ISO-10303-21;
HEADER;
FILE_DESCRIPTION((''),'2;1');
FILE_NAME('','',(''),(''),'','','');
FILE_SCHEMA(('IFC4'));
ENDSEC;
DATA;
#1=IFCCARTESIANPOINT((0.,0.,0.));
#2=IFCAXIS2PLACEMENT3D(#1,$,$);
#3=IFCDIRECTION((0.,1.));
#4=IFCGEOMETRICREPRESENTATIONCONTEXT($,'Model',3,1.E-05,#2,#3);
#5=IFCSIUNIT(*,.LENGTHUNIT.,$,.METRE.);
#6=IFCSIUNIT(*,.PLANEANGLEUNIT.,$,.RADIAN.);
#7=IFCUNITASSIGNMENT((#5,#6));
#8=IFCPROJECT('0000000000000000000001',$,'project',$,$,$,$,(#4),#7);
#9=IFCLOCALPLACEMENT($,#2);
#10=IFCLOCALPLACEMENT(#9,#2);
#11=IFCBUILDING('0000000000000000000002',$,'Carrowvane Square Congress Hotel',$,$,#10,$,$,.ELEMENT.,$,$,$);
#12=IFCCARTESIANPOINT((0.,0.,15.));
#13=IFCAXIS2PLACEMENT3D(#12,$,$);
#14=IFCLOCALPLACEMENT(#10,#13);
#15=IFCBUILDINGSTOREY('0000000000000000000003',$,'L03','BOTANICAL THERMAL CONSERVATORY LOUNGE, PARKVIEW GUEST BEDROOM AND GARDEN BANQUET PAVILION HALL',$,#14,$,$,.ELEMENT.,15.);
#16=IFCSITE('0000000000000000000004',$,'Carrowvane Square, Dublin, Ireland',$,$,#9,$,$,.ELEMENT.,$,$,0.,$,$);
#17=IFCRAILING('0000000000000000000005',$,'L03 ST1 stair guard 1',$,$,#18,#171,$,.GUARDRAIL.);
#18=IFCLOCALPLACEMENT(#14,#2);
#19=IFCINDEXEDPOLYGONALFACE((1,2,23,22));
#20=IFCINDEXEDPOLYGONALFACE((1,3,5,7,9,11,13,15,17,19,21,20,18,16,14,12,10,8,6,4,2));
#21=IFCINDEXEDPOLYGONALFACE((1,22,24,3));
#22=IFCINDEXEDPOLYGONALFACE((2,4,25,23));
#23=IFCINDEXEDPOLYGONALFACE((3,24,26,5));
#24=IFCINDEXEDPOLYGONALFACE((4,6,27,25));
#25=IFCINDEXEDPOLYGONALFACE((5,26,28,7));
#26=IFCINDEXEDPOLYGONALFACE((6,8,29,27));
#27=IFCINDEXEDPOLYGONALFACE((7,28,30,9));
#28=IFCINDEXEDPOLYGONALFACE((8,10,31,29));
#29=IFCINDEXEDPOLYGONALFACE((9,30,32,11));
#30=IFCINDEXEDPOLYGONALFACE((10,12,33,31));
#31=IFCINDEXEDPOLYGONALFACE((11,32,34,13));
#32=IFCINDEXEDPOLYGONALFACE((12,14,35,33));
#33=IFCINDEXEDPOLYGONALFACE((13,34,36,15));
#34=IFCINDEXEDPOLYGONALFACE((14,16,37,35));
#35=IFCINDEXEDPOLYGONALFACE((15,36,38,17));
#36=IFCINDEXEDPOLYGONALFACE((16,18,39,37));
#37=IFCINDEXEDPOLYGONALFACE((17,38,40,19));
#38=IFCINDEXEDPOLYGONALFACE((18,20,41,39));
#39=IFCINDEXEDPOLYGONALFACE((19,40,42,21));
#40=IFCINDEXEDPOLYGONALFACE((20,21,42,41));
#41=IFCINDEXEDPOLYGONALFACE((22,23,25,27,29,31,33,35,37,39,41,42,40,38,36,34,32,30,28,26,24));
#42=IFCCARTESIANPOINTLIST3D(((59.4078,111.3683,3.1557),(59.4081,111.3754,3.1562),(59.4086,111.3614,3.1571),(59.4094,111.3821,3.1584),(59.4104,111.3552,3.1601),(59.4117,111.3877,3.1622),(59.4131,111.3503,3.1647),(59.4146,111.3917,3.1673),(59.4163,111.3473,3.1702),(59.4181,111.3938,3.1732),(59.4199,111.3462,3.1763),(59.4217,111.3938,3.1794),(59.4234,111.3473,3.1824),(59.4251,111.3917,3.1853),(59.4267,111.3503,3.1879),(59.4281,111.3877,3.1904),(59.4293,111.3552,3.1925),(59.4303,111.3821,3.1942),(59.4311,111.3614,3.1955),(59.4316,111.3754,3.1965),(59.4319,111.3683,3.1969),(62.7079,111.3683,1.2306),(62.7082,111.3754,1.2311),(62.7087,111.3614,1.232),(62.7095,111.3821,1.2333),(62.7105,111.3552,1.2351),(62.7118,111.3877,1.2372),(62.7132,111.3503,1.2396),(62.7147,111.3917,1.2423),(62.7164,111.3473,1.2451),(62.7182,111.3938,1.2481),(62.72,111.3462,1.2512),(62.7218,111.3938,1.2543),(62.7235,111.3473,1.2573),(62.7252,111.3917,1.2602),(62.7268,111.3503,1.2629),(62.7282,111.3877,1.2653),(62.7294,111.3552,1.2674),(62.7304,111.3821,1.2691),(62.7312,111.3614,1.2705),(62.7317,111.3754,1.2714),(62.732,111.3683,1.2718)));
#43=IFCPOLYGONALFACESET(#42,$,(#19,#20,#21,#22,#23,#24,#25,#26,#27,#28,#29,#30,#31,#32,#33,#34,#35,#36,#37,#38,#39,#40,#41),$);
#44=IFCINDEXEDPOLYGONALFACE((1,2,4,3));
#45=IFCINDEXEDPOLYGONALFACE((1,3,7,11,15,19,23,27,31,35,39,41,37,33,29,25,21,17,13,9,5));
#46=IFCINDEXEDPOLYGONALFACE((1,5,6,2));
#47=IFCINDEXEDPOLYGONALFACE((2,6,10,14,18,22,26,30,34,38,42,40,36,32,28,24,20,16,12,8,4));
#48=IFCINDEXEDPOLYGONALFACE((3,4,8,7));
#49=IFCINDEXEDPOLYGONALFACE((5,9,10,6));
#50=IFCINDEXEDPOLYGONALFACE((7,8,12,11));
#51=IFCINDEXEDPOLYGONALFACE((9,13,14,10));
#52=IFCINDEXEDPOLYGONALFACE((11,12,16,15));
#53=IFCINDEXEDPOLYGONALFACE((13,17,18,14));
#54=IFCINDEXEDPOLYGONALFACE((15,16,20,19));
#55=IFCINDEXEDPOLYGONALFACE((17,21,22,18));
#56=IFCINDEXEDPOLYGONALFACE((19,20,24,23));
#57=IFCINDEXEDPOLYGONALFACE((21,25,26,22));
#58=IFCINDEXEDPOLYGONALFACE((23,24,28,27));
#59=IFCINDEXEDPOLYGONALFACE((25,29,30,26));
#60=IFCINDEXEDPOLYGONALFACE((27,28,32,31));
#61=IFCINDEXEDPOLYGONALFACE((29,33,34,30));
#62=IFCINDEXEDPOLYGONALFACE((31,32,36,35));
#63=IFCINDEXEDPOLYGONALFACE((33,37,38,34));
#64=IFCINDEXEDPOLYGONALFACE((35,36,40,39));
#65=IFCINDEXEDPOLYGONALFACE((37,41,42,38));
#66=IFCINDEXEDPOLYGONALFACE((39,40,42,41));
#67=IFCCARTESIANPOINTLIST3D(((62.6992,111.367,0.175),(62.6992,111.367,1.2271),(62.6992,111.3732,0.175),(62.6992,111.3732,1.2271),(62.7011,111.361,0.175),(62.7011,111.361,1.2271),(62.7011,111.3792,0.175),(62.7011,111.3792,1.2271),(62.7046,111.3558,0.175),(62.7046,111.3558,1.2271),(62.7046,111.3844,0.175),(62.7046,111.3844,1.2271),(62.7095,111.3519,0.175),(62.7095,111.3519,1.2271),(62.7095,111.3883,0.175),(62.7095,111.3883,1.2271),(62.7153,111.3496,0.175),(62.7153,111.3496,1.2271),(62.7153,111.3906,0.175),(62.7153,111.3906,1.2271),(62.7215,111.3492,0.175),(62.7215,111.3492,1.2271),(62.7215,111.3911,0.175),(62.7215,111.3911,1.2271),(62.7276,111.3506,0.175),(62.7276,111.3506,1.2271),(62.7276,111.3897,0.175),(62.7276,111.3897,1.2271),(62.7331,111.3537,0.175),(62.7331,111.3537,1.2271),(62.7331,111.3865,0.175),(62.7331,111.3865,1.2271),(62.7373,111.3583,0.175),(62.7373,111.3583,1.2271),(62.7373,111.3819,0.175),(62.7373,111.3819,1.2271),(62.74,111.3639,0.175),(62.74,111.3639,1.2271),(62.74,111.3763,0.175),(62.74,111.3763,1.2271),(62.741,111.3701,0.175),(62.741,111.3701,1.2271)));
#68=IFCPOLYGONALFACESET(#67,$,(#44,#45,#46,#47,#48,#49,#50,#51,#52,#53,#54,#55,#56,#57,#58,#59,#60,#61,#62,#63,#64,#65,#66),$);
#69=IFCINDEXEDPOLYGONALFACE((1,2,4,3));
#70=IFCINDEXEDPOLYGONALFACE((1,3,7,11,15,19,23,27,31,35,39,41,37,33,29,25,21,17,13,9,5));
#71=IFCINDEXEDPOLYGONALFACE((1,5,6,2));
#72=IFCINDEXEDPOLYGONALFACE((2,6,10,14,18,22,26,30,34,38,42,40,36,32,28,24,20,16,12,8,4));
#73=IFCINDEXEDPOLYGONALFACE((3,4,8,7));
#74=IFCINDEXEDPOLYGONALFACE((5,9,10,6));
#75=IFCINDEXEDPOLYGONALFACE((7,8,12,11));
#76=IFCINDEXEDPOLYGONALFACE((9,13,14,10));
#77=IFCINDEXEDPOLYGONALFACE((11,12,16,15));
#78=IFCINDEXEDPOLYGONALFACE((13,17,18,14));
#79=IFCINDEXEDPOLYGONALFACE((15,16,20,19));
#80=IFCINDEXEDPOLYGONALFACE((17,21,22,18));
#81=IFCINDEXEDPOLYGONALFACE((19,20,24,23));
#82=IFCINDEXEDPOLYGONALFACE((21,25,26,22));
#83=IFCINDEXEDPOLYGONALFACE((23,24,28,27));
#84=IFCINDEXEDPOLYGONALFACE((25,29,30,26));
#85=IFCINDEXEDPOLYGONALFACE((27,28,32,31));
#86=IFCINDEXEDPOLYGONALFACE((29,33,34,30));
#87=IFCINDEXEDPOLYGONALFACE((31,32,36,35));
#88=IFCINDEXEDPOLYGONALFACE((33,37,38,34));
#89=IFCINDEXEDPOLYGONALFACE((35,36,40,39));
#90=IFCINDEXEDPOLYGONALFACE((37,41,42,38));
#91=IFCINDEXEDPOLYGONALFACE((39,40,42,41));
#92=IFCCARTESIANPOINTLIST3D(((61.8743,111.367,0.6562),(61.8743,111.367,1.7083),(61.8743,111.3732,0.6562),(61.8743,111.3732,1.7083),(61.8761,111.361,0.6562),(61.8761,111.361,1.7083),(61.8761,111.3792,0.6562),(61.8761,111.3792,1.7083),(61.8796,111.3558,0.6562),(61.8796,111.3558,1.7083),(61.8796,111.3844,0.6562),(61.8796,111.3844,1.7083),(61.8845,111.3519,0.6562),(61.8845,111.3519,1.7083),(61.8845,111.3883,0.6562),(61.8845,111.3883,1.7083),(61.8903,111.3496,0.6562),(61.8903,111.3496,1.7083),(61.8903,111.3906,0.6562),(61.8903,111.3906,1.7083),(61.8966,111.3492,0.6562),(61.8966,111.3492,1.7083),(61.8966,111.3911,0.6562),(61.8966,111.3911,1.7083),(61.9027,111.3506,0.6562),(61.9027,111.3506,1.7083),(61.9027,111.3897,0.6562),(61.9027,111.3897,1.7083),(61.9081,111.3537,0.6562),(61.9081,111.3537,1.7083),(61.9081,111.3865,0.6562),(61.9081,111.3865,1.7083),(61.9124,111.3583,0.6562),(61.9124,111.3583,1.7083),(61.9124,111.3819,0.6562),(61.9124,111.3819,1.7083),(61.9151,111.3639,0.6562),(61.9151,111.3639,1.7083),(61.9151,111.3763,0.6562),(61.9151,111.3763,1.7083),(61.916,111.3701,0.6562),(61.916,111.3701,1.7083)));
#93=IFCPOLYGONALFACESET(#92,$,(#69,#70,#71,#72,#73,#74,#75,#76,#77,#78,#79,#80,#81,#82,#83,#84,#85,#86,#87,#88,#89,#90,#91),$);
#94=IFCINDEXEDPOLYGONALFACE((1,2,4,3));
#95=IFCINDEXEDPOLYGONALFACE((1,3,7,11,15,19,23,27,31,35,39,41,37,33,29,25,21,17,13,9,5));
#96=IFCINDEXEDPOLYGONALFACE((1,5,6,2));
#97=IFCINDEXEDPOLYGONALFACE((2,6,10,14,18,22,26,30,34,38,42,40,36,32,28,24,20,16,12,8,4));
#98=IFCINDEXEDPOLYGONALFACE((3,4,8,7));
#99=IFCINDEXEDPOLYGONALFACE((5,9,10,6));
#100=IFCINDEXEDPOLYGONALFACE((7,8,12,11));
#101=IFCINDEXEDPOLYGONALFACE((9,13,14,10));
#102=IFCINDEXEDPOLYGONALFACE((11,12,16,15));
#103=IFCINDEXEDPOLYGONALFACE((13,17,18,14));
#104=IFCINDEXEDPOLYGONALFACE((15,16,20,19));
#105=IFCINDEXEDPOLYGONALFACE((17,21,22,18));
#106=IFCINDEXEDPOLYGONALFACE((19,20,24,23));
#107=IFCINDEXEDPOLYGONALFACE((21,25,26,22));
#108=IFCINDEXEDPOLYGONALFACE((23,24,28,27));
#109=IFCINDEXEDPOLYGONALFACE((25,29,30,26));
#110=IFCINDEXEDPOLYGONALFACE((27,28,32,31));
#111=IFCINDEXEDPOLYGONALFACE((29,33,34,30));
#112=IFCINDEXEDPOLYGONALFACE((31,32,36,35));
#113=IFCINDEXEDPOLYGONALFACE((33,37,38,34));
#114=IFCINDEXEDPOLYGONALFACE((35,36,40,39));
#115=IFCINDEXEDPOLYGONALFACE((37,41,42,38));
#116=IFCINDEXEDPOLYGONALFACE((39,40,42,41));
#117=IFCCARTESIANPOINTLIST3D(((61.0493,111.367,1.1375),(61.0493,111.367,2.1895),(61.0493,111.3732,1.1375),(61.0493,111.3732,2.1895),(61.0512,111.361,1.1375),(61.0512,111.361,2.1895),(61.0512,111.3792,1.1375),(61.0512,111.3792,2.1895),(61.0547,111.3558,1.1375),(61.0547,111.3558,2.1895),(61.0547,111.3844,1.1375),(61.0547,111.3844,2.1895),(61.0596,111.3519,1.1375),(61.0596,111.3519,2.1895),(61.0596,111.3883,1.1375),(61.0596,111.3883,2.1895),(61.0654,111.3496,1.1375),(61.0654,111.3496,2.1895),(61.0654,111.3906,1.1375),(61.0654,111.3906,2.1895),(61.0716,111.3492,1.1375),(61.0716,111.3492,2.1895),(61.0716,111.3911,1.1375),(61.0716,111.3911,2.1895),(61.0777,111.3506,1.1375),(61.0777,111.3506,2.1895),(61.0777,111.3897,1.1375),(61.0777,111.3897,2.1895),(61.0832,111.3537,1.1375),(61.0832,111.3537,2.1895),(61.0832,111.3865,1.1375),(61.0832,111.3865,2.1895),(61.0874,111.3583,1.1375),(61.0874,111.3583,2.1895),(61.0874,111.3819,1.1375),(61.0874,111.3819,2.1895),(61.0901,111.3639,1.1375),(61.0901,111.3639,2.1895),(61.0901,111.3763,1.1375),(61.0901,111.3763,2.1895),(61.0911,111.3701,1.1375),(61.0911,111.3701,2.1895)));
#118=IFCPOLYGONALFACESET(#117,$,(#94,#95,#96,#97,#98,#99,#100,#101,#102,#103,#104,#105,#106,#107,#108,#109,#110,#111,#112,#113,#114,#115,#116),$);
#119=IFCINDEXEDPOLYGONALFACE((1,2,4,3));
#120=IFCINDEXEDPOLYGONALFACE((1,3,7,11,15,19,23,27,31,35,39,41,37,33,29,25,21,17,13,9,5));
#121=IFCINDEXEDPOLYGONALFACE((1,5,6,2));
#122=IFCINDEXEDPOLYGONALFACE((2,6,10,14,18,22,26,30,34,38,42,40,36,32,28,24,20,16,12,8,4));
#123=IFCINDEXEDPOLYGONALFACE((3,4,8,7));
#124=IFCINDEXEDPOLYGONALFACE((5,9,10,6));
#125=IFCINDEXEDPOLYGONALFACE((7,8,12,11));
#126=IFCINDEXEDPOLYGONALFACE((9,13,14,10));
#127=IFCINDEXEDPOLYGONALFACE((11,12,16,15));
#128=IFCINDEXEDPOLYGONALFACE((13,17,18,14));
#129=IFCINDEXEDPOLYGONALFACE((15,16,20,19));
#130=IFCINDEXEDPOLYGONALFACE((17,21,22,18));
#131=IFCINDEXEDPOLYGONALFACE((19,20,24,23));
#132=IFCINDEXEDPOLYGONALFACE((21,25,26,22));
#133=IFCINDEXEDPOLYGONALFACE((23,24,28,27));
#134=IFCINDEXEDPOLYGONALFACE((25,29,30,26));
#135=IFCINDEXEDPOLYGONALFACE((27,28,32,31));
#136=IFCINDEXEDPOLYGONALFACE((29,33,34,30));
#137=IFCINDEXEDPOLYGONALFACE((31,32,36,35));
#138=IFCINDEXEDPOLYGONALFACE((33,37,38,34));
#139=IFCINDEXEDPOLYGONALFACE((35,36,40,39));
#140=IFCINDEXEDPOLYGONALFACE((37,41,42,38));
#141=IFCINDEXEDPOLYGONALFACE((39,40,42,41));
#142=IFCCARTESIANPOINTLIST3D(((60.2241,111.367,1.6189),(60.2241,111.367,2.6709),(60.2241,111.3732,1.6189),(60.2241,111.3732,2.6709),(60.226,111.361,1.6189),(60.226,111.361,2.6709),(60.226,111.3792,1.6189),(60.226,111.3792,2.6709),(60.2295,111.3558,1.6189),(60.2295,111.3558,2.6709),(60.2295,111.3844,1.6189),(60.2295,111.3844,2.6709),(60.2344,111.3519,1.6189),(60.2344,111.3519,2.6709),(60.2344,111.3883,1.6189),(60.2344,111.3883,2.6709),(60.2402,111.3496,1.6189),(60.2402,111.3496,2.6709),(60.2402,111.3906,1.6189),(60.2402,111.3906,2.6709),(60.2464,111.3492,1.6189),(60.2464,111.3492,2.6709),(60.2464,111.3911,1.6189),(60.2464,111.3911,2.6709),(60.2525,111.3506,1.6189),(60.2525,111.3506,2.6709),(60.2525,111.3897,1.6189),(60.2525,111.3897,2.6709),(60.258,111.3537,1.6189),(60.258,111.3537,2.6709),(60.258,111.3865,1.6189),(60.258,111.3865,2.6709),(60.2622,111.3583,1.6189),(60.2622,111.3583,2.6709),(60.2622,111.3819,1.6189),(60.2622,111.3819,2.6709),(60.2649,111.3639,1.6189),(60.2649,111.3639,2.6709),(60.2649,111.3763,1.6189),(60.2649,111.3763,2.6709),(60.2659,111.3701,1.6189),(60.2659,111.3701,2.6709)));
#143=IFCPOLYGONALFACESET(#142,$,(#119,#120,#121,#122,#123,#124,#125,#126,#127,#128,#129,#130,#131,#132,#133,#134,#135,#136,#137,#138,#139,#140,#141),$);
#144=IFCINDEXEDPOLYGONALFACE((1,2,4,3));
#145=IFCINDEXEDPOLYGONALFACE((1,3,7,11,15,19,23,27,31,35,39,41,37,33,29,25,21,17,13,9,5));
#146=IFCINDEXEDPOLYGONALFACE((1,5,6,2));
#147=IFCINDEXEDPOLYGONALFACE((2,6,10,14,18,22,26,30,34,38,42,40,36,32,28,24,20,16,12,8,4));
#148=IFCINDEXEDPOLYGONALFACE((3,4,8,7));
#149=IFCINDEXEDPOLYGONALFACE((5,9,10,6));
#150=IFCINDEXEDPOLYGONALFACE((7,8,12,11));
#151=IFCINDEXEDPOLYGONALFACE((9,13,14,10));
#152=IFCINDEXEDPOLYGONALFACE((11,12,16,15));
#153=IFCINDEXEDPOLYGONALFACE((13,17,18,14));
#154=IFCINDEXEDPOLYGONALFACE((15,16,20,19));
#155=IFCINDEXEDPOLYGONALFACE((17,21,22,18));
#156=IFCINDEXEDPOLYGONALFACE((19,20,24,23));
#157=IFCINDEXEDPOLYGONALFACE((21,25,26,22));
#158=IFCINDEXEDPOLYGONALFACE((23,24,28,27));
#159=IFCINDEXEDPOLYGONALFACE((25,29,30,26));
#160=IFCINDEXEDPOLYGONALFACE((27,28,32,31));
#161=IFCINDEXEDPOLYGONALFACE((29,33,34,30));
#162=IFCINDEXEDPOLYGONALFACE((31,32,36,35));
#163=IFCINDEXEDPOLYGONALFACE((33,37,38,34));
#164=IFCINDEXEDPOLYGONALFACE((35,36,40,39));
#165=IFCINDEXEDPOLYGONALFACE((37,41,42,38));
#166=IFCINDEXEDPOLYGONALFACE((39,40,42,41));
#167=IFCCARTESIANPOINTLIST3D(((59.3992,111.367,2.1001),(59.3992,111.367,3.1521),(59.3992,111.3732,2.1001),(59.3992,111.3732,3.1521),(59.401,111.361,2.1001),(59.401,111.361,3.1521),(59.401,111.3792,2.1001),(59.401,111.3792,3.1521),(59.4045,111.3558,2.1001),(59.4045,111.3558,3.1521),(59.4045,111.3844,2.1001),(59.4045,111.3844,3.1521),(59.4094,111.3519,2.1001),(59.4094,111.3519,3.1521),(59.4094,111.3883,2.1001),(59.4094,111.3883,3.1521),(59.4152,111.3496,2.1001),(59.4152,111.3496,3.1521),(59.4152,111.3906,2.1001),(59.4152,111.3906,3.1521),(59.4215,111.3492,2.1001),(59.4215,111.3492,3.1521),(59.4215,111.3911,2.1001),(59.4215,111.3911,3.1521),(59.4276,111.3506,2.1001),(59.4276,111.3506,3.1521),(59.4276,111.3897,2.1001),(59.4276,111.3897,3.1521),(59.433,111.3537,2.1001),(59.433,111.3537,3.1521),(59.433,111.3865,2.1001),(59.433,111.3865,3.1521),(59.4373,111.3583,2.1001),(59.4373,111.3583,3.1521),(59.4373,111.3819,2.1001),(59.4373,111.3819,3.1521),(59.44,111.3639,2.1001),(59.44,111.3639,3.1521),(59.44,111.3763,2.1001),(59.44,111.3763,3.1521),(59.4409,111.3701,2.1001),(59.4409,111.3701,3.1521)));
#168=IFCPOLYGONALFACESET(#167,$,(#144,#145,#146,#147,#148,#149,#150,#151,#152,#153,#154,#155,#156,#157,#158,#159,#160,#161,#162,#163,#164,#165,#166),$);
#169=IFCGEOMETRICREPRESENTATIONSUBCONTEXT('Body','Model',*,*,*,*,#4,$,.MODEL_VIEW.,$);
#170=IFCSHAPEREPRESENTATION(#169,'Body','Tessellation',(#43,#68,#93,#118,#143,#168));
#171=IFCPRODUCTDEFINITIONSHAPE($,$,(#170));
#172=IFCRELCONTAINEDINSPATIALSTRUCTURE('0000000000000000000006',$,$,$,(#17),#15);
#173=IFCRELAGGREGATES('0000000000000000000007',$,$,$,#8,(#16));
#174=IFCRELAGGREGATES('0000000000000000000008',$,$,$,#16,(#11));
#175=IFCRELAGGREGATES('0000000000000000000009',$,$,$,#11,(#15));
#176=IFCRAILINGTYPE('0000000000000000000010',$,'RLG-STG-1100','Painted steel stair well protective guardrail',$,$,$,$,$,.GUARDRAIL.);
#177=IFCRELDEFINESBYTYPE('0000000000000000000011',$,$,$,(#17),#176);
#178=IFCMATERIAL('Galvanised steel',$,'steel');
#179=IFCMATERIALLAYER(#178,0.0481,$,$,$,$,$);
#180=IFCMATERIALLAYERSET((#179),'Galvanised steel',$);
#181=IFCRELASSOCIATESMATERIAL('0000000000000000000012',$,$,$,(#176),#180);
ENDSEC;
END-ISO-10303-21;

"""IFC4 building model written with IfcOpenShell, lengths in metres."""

from ifc_helpers import new_model, si_unit, direction, frame, origin, origin_2d, place, context, subcontext, project, spatial, circle, extrude, material, layer, layer_set, type_object, element, save


model = new_model("IFC4")

# Units and contexts
model_context = context("Model", 3, precision=1e-05, world=origin(), true_north=direction((0.0, 1.0)))
body_context = subcontext(model_context, "Body", "Model", "MODEL_VIEW")
ifc_project = project(units=[si_unit("LENGTHUNIT", "METRE"), si_unit("PLANEANGLEUNIT", "RADIAN")], contexts=[model_context])

# Site, building, storey
site_placement = place(None, origin())
site = spatial("IfcSite", under=ifc_project, at=site_placement, Name="Carrowvane Square, Dublin, Ireland", CompositionType="ELEMENT", RefElevation=0.0)
building_placement = place(site_placement, origin())
building = spatial("IfcBuilding", under=site, at=building_placement, Name="Carrowvane Square Congress Hotel", CompositionType="ELEMENT")
storey_placement = place(building_placement, frame((0.0, 0.0, 15.0)))
storey = spatial("IfcBuildingStorey", under=building, at=storey_placement, Name="L03", Description="BOTANICAL THERMAL CONSERVATORY LOUNGE, PARKVIEW GUEST BEDROOM AND GARDEN BANQUET PAVILION HALL", CompositionType="ELEMENT", Elevation=15.0)

# Railing
ifc_material_1 = material(Name="Galvanised steel", Category="steel")
ifc_layer_1 = layer(ifc_material_1, 0.0481)
ifc_layer_set_1 = layer_set([ifc_layer_1], Name="Galvanised steel")
railing_type_1 = type_object("IfcRailingType", Name="RLG-STG-1100", Description="Painted steel stair well protective guardrail", PredefinedType="GUARDRAIL", material=ifc_layer_set_1)
railing_1_placement = place(storey_placement, frame((62.72, 111.3701, 0.175)))
element("IfcRailing", 1, at=railing_1_placement, inside=storey, type_object=railing_type_1, Name="L03 ST1 stair guard 1", PredefinedType="GUARDRAIL", context=body_context, shape_type="SweptSolid", body=[
    extrude(circle(Radius=0.0239, at=origin_2d()), frame((0.0, 0.0, 1.0762), z_axis=(-0.863777, 0.0, 0.503875), x_axis=(0.0, -1.0, 0.0)), (0.0, 0.0, 1.0), 3.8206),
    extrude(circle(Radius=0.021, at=origin_2d()), origin(), (0.0, 0.0, 1.0), 1.052),
    extrude(circle(Radius=0.021, at=origin_2d()), frame((-0.825, 0.0, 0.4812)), (0.0, 0.0, 1.0), 1.052),
    extrude(circle(Radius=0.021, at=origin_2d()), frame((-1.6499, 0.0, 0.9624)), (0.0, 0.0, 1.0), 1.052),
    extrude(circle(Radius=0.021, at=origin_2d()), frame((-2.4751, 0.0, 1.4438)), (0.0, 0.0, 1.0), 1.052),
    extrude(circle(Radius=0.021, at=origin_2d()), frame((-3.3, 0.0, 1.925)), (0.0, 0.0, 1.0), 1.052),
])

save(model, "model.ifc")
